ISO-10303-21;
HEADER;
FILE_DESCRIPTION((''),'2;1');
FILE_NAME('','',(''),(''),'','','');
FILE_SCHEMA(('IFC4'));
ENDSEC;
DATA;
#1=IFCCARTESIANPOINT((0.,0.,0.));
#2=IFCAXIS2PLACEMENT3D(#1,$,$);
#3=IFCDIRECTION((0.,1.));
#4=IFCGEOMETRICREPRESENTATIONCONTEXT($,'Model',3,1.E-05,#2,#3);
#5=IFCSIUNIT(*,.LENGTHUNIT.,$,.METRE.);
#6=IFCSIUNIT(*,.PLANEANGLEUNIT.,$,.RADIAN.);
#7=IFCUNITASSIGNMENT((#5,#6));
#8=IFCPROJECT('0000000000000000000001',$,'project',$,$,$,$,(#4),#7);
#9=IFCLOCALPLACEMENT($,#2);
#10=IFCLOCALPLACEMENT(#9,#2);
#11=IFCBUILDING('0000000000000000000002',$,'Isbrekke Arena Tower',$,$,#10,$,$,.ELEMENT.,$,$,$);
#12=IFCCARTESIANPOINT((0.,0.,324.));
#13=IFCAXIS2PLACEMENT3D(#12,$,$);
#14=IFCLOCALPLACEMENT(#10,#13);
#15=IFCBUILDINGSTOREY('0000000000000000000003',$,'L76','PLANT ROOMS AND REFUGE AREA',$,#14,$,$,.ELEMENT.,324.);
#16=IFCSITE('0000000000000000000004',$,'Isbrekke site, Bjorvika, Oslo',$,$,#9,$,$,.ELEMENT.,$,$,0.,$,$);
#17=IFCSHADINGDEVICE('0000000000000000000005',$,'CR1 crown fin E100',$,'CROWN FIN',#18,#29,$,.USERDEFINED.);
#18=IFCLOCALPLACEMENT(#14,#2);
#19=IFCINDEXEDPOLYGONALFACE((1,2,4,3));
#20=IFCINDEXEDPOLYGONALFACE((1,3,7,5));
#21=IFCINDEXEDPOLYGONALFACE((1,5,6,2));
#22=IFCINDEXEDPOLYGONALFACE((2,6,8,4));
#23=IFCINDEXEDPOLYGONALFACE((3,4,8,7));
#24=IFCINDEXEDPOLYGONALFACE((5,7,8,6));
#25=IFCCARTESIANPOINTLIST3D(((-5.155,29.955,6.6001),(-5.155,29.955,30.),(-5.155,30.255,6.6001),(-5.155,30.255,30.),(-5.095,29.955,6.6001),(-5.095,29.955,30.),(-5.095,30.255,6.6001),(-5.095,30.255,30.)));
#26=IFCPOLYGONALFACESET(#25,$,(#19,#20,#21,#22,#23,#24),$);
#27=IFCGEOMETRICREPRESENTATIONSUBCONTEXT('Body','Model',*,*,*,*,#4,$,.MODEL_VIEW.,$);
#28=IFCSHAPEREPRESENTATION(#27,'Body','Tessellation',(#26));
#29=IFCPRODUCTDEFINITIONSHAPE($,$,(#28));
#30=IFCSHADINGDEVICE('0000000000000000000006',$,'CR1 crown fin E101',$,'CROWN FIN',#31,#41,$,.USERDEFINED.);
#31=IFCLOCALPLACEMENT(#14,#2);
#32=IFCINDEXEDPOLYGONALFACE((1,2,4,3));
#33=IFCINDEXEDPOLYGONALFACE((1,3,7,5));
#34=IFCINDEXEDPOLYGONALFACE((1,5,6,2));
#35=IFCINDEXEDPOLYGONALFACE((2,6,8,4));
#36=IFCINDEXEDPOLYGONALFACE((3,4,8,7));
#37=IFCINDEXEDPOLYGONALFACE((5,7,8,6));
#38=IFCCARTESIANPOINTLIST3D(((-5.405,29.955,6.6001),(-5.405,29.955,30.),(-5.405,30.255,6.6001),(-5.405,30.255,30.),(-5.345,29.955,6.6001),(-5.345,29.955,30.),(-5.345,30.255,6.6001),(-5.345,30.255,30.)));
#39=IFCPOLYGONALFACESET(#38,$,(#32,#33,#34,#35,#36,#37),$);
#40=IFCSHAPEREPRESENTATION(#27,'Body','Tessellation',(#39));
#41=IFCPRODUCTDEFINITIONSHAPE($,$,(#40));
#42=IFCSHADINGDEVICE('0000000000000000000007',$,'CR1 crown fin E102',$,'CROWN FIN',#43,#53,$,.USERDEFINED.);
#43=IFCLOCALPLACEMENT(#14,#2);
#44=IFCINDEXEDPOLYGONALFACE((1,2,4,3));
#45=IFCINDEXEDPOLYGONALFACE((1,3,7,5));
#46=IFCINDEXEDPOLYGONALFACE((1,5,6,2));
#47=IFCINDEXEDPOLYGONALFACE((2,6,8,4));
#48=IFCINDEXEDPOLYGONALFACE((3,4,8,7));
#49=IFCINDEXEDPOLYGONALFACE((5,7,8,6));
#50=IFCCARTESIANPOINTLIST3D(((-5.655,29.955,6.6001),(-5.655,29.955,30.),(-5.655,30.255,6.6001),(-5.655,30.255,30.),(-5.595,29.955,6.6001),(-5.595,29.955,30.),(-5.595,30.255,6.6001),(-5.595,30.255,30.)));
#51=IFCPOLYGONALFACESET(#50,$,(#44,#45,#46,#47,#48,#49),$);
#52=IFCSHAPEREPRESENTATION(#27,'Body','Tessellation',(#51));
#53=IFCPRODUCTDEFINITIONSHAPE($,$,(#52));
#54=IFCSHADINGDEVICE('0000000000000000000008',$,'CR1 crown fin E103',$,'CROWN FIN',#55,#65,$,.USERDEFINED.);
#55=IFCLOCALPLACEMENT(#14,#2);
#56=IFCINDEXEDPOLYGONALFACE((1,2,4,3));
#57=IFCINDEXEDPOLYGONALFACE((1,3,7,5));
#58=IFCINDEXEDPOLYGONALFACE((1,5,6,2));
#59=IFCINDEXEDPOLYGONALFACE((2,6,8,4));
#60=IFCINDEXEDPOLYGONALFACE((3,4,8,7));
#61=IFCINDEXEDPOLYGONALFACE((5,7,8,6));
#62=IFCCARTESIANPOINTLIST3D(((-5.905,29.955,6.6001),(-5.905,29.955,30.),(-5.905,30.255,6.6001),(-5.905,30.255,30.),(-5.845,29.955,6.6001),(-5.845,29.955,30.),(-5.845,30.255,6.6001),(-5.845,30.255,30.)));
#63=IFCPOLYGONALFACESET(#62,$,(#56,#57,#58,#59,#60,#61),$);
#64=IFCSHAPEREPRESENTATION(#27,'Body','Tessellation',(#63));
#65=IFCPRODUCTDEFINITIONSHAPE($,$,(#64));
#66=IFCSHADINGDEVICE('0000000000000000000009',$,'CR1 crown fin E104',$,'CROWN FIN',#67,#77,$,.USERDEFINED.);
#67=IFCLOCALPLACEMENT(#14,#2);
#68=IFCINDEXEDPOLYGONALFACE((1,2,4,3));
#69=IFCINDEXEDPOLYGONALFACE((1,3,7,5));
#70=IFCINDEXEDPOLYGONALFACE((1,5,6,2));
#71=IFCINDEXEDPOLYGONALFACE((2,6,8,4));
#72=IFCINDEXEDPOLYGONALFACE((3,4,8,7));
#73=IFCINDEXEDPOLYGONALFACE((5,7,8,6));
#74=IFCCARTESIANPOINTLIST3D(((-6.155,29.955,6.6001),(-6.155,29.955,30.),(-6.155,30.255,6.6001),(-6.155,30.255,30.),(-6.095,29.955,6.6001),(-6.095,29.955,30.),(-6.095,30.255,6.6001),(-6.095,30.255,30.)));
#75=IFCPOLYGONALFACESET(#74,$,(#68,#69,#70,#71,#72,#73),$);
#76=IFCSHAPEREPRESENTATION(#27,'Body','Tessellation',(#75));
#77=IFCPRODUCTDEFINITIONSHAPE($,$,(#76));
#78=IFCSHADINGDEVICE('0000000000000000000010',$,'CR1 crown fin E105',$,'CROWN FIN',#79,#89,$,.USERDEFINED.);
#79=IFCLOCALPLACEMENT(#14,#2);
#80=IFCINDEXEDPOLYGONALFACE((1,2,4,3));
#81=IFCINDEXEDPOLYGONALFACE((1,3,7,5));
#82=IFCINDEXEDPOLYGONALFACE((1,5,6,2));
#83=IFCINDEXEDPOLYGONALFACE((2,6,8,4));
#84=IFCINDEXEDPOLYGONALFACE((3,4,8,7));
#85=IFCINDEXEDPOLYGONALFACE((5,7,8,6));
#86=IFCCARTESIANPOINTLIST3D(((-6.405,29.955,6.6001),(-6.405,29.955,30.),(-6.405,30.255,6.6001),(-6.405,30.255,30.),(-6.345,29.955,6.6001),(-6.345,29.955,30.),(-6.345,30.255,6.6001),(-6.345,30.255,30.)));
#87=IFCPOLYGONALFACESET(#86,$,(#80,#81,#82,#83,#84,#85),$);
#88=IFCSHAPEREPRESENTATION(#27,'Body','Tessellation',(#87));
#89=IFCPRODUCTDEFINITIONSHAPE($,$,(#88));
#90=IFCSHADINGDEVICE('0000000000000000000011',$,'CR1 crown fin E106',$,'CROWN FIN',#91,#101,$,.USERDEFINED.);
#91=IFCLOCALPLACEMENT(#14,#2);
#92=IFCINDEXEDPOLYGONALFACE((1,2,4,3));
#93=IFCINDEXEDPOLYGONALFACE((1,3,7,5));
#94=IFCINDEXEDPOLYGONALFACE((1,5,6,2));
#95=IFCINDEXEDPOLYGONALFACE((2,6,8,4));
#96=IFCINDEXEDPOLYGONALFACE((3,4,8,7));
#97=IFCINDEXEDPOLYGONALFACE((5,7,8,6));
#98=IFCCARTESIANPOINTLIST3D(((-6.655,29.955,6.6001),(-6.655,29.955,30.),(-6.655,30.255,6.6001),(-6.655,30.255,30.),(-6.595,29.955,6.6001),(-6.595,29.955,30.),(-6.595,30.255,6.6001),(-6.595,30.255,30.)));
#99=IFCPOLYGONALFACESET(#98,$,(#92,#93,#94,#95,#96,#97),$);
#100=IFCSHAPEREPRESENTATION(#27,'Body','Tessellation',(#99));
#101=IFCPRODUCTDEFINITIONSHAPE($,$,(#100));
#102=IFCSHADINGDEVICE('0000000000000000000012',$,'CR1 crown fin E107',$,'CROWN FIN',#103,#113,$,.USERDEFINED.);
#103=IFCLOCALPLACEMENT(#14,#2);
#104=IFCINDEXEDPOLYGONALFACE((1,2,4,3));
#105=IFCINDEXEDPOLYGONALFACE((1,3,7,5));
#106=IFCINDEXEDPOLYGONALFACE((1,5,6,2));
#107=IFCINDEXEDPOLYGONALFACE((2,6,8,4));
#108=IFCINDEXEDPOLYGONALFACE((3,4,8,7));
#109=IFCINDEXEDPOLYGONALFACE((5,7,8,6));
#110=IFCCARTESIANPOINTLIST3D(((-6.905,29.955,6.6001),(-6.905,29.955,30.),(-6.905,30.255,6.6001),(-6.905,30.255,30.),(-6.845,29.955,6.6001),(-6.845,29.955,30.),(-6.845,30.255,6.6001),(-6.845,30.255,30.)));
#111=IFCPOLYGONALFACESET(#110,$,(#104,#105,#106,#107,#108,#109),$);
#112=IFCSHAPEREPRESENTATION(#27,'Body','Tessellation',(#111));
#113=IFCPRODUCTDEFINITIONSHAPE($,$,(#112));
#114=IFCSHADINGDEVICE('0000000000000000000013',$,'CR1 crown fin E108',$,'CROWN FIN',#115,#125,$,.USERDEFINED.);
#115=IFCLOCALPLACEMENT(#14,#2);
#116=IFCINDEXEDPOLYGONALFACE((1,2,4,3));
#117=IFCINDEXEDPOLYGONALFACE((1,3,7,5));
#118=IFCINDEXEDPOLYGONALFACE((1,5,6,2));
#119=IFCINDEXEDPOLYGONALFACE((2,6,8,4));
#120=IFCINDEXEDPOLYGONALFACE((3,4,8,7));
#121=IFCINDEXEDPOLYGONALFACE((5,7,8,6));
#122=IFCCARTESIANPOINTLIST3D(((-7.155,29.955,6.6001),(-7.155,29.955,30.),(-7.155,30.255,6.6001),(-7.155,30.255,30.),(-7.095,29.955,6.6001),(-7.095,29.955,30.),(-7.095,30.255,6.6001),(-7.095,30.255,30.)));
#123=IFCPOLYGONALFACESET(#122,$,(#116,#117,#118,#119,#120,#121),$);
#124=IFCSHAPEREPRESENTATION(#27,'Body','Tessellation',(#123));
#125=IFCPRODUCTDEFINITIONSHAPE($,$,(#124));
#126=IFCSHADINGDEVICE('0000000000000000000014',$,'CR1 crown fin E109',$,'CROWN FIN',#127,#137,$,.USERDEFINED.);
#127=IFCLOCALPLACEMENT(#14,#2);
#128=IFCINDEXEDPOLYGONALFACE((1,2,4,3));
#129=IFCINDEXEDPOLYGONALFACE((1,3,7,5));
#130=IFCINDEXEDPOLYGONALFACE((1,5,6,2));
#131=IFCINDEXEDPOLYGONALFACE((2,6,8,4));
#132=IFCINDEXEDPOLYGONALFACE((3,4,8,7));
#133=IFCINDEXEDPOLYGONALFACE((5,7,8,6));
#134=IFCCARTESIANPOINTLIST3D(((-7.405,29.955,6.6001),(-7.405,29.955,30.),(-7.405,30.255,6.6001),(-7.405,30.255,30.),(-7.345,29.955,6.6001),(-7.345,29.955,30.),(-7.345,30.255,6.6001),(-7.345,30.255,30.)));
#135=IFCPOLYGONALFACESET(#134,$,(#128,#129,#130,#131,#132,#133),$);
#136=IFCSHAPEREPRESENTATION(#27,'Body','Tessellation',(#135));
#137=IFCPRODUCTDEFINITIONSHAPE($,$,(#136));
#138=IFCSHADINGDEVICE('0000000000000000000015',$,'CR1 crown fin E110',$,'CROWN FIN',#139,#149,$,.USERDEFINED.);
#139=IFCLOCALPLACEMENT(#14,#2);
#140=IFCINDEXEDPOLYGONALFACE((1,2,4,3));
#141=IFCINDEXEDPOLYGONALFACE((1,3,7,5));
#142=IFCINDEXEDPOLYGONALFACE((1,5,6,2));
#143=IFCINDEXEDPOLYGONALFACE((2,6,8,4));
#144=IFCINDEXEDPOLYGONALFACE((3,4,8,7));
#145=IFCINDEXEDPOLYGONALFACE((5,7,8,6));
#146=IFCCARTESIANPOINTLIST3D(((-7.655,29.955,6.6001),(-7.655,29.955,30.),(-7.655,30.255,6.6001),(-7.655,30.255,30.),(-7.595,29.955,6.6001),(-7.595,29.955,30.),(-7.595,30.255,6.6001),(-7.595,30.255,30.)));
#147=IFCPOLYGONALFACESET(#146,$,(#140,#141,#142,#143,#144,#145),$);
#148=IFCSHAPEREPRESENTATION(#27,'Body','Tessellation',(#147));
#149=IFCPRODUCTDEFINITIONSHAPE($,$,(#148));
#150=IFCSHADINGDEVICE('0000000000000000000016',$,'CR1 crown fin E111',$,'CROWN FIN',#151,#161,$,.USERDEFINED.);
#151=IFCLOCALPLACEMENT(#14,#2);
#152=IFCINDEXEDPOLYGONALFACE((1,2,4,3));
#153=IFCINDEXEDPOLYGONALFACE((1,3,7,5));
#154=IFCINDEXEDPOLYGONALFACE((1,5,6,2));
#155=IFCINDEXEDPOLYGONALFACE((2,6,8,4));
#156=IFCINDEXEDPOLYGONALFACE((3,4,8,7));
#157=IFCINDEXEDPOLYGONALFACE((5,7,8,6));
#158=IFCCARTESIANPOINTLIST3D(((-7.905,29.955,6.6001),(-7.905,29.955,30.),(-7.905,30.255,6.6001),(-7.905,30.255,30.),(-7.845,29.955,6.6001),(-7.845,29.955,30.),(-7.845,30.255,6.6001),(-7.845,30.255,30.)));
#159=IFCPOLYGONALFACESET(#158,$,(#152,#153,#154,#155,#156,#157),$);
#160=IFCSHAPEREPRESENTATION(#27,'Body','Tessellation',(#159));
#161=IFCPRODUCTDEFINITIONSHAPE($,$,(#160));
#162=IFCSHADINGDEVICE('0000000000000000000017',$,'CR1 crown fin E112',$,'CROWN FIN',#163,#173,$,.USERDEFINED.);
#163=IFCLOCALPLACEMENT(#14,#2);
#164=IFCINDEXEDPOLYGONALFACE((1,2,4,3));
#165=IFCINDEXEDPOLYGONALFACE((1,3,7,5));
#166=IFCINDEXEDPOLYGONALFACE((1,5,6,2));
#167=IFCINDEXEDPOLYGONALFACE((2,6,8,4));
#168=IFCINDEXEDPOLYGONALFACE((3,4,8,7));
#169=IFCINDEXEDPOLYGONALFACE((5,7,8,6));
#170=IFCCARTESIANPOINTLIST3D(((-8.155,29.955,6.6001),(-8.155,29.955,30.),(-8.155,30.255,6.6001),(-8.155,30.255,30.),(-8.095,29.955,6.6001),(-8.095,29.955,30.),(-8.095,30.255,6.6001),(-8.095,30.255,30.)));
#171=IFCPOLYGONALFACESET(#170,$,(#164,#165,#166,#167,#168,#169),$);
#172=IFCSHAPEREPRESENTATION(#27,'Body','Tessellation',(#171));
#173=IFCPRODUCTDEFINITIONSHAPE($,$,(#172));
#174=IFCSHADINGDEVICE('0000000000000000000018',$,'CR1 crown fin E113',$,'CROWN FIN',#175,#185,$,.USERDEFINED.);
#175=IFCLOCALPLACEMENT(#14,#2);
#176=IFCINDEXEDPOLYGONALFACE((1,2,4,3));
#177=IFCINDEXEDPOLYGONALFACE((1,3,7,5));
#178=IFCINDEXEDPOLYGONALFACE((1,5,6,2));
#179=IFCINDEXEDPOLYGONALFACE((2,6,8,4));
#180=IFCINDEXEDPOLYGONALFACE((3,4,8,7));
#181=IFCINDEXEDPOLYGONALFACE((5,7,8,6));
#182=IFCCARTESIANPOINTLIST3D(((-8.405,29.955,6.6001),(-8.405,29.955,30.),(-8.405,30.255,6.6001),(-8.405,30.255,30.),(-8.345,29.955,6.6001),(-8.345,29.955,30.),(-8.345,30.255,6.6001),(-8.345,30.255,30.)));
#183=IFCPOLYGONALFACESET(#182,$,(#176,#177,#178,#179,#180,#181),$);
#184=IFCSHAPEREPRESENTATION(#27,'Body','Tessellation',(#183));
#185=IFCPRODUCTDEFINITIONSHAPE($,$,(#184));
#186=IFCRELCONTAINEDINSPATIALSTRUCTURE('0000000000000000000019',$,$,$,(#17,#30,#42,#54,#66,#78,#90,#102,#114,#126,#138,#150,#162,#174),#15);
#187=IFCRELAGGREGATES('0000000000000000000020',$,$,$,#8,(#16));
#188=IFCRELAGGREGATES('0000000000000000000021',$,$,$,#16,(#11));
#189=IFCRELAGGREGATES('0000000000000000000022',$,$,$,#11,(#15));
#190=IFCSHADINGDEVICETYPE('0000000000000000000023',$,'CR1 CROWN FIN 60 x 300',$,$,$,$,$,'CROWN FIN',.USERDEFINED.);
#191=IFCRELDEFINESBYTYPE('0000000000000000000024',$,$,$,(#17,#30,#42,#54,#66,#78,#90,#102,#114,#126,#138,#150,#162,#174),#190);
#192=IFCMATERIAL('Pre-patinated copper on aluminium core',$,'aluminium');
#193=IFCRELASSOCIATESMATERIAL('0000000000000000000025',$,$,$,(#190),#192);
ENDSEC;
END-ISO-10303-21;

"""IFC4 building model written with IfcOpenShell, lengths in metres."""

from ifc_helpers import new_model, si_unit, direction, frame, origin, origin_2d, place, context, subcontext, project, spatial, rectangle, extrude, material, material_profile, profile_set, type_object, element, save


model = new_model("IFC4")

# Units and contexts
model_context = context("Model", 3, precision=1e-05, world=origin(), true_north=direction((0.0, 1.0)))
body_context = subcontext(model_context, "Body", "Model", "MODEL_VIEW")
ifc_project = project(units=[si_unit("LENGTHUNIT", "METRE"), si_unit("PLANEANGLEUNIT", "RADIAN")], contexts=[model_context])

# Site, building, storey
site_placement = place(None, origin())
site = spatial("IfcSite", under=ifc_project, at=site_placement, Name="Isbrekke site, Bjorvika, Oslo", CompositionType="ELEMENT", RefElevation=0.0)
building_placement = place(site_placement, origin())
building = spatial("IfcBuilding", under=site, at=building_placement, Name="Isbrekke Arena Tower", CompositionType="ELEMENT")
storey_placement = place(building_placement, frame((0.0, 0.0, 324.0)))
storey = spatial("IfcBuildingStorey", under=building, at=storey_placement, Name="L76", Description="PLANT ROOMS AND REFUGE AREA", CompositionType="ELEMENT", Elevation=324.0)

# Shading devices
ifc_material = material(Name="Pre-patinated copper on aluminium core", Category="aluminium")
ifc_material_profile = material_profile(ifc_material, rectangle(XDim=0.0601, YDim=0.3, at=origin_2d()), Name="FIN 60X300")
ifc_profile_set = profile_set([ifc_material_profile], Name="Pre-patinated copper on aluminium core")
shading_device_type = type_object("IfcShadingDeviceType", Name="CR1 CROWN FIN 60 x 300", ElementType="CROWN FIN", PredefinedType="USERDEFINED", material=ifc_profile_set)
for number, where, z_axis, x_axis, name in (
    (1, (-5.125, 30.105, 6.6001), (0.0, 0.0, 1.0), (-1.0, 0.0, 0.0), "CR1 crown fin E100"),
    (2, (-5.375, 30.105, 6.6001), (0.0, 0.0, 1.0), (-1.0, 0.0, 0.0), "CR1 crown fin E101"),
    (3, (-5.625, 30.105, 6.6001), (0.0, 0.0, 1.0), (-1.0, 0.0, 0.0), "CR1 crown fin E102"),
    (4, (-5.875, 30.105, 6.6001), (0.0, 0.0, 1.0), (-1.0, 0.0, 0.0), "CR1 crown fin E103"),
    (5, (-6.125, 30.105, 6.6001), (0.0, 0.0, 1.0), (-1.0, 0.0, 0.0), "CR1 crown fin E104"),
    (6, (-6.375, 30.105, 6.6001), (0.0, 0.0, 1.0), (-1.0, 0.0, 0.0), "CR1 crown fin E105"),
    (7, (-6.625, 30.105, 6.6001), (0.0, 0.0, 1.0), (-1.0, 0.0, 0.0), "CR1 crown fin E106"),
    (8, (-6.875, 30.105, 6.6001), (0.0, 0.0, 1.0), (-1.0, 0.0, 0.0), "CR1 crown fin E107"),
    (9, (-7.125, 30.105, 6.6001), (0.0, 0.0, 1.0), (-1.0, 0.0, 0.0), "CR1 crown fin E108"),
    (10, (-7.375, 30.105, 6.6001), (0.0, 0.0, 1.0), (-1.0, 0.0, 0.0), "CR1 crown fin E109"),
    (11, (-7.625, 30.105, 6.6001), (0.0, 0.0, 1.0), (-1.0, 0.0, 0.0), "CR1 crown fin E110"),
    (12, (-7.875, 30.105, 6.6001), (0.0, 0.0, 1.0), (-1.0, 0.0, 0.0), "CR1 crown fin E111"),
    (13, (-8.125, 30.105, 6.6001), (0.0, 0.0, 1.0), (-1.0, 0.0, 0.0), "CR1 crown fin E112"),
    (14, (-8.375, 30.105, 6.6001), (0.0, 0.0, 1.0), (-1.0, 0.0, 0.0), "CR1 crown fin E113"),
):
    element("IfcShadingDevice", number, at=place(storey_placement, frame(where, z_axis=z_axis, x_axis=x_axis)), inside=storey, type_object=shading_device_type, Name=name, ObjectType="CROWN FIN", PredefinedType="USERDEFINED", context=body_context, shape_type="SweptSolid", body=[
        extrude(rectangle(XDim=0.0601, YDim=0.3, at=origin_2d()), origin(), (0.0, 0.0, 1.0), 23.3999),
    ])

save(model, "model.ifc")
